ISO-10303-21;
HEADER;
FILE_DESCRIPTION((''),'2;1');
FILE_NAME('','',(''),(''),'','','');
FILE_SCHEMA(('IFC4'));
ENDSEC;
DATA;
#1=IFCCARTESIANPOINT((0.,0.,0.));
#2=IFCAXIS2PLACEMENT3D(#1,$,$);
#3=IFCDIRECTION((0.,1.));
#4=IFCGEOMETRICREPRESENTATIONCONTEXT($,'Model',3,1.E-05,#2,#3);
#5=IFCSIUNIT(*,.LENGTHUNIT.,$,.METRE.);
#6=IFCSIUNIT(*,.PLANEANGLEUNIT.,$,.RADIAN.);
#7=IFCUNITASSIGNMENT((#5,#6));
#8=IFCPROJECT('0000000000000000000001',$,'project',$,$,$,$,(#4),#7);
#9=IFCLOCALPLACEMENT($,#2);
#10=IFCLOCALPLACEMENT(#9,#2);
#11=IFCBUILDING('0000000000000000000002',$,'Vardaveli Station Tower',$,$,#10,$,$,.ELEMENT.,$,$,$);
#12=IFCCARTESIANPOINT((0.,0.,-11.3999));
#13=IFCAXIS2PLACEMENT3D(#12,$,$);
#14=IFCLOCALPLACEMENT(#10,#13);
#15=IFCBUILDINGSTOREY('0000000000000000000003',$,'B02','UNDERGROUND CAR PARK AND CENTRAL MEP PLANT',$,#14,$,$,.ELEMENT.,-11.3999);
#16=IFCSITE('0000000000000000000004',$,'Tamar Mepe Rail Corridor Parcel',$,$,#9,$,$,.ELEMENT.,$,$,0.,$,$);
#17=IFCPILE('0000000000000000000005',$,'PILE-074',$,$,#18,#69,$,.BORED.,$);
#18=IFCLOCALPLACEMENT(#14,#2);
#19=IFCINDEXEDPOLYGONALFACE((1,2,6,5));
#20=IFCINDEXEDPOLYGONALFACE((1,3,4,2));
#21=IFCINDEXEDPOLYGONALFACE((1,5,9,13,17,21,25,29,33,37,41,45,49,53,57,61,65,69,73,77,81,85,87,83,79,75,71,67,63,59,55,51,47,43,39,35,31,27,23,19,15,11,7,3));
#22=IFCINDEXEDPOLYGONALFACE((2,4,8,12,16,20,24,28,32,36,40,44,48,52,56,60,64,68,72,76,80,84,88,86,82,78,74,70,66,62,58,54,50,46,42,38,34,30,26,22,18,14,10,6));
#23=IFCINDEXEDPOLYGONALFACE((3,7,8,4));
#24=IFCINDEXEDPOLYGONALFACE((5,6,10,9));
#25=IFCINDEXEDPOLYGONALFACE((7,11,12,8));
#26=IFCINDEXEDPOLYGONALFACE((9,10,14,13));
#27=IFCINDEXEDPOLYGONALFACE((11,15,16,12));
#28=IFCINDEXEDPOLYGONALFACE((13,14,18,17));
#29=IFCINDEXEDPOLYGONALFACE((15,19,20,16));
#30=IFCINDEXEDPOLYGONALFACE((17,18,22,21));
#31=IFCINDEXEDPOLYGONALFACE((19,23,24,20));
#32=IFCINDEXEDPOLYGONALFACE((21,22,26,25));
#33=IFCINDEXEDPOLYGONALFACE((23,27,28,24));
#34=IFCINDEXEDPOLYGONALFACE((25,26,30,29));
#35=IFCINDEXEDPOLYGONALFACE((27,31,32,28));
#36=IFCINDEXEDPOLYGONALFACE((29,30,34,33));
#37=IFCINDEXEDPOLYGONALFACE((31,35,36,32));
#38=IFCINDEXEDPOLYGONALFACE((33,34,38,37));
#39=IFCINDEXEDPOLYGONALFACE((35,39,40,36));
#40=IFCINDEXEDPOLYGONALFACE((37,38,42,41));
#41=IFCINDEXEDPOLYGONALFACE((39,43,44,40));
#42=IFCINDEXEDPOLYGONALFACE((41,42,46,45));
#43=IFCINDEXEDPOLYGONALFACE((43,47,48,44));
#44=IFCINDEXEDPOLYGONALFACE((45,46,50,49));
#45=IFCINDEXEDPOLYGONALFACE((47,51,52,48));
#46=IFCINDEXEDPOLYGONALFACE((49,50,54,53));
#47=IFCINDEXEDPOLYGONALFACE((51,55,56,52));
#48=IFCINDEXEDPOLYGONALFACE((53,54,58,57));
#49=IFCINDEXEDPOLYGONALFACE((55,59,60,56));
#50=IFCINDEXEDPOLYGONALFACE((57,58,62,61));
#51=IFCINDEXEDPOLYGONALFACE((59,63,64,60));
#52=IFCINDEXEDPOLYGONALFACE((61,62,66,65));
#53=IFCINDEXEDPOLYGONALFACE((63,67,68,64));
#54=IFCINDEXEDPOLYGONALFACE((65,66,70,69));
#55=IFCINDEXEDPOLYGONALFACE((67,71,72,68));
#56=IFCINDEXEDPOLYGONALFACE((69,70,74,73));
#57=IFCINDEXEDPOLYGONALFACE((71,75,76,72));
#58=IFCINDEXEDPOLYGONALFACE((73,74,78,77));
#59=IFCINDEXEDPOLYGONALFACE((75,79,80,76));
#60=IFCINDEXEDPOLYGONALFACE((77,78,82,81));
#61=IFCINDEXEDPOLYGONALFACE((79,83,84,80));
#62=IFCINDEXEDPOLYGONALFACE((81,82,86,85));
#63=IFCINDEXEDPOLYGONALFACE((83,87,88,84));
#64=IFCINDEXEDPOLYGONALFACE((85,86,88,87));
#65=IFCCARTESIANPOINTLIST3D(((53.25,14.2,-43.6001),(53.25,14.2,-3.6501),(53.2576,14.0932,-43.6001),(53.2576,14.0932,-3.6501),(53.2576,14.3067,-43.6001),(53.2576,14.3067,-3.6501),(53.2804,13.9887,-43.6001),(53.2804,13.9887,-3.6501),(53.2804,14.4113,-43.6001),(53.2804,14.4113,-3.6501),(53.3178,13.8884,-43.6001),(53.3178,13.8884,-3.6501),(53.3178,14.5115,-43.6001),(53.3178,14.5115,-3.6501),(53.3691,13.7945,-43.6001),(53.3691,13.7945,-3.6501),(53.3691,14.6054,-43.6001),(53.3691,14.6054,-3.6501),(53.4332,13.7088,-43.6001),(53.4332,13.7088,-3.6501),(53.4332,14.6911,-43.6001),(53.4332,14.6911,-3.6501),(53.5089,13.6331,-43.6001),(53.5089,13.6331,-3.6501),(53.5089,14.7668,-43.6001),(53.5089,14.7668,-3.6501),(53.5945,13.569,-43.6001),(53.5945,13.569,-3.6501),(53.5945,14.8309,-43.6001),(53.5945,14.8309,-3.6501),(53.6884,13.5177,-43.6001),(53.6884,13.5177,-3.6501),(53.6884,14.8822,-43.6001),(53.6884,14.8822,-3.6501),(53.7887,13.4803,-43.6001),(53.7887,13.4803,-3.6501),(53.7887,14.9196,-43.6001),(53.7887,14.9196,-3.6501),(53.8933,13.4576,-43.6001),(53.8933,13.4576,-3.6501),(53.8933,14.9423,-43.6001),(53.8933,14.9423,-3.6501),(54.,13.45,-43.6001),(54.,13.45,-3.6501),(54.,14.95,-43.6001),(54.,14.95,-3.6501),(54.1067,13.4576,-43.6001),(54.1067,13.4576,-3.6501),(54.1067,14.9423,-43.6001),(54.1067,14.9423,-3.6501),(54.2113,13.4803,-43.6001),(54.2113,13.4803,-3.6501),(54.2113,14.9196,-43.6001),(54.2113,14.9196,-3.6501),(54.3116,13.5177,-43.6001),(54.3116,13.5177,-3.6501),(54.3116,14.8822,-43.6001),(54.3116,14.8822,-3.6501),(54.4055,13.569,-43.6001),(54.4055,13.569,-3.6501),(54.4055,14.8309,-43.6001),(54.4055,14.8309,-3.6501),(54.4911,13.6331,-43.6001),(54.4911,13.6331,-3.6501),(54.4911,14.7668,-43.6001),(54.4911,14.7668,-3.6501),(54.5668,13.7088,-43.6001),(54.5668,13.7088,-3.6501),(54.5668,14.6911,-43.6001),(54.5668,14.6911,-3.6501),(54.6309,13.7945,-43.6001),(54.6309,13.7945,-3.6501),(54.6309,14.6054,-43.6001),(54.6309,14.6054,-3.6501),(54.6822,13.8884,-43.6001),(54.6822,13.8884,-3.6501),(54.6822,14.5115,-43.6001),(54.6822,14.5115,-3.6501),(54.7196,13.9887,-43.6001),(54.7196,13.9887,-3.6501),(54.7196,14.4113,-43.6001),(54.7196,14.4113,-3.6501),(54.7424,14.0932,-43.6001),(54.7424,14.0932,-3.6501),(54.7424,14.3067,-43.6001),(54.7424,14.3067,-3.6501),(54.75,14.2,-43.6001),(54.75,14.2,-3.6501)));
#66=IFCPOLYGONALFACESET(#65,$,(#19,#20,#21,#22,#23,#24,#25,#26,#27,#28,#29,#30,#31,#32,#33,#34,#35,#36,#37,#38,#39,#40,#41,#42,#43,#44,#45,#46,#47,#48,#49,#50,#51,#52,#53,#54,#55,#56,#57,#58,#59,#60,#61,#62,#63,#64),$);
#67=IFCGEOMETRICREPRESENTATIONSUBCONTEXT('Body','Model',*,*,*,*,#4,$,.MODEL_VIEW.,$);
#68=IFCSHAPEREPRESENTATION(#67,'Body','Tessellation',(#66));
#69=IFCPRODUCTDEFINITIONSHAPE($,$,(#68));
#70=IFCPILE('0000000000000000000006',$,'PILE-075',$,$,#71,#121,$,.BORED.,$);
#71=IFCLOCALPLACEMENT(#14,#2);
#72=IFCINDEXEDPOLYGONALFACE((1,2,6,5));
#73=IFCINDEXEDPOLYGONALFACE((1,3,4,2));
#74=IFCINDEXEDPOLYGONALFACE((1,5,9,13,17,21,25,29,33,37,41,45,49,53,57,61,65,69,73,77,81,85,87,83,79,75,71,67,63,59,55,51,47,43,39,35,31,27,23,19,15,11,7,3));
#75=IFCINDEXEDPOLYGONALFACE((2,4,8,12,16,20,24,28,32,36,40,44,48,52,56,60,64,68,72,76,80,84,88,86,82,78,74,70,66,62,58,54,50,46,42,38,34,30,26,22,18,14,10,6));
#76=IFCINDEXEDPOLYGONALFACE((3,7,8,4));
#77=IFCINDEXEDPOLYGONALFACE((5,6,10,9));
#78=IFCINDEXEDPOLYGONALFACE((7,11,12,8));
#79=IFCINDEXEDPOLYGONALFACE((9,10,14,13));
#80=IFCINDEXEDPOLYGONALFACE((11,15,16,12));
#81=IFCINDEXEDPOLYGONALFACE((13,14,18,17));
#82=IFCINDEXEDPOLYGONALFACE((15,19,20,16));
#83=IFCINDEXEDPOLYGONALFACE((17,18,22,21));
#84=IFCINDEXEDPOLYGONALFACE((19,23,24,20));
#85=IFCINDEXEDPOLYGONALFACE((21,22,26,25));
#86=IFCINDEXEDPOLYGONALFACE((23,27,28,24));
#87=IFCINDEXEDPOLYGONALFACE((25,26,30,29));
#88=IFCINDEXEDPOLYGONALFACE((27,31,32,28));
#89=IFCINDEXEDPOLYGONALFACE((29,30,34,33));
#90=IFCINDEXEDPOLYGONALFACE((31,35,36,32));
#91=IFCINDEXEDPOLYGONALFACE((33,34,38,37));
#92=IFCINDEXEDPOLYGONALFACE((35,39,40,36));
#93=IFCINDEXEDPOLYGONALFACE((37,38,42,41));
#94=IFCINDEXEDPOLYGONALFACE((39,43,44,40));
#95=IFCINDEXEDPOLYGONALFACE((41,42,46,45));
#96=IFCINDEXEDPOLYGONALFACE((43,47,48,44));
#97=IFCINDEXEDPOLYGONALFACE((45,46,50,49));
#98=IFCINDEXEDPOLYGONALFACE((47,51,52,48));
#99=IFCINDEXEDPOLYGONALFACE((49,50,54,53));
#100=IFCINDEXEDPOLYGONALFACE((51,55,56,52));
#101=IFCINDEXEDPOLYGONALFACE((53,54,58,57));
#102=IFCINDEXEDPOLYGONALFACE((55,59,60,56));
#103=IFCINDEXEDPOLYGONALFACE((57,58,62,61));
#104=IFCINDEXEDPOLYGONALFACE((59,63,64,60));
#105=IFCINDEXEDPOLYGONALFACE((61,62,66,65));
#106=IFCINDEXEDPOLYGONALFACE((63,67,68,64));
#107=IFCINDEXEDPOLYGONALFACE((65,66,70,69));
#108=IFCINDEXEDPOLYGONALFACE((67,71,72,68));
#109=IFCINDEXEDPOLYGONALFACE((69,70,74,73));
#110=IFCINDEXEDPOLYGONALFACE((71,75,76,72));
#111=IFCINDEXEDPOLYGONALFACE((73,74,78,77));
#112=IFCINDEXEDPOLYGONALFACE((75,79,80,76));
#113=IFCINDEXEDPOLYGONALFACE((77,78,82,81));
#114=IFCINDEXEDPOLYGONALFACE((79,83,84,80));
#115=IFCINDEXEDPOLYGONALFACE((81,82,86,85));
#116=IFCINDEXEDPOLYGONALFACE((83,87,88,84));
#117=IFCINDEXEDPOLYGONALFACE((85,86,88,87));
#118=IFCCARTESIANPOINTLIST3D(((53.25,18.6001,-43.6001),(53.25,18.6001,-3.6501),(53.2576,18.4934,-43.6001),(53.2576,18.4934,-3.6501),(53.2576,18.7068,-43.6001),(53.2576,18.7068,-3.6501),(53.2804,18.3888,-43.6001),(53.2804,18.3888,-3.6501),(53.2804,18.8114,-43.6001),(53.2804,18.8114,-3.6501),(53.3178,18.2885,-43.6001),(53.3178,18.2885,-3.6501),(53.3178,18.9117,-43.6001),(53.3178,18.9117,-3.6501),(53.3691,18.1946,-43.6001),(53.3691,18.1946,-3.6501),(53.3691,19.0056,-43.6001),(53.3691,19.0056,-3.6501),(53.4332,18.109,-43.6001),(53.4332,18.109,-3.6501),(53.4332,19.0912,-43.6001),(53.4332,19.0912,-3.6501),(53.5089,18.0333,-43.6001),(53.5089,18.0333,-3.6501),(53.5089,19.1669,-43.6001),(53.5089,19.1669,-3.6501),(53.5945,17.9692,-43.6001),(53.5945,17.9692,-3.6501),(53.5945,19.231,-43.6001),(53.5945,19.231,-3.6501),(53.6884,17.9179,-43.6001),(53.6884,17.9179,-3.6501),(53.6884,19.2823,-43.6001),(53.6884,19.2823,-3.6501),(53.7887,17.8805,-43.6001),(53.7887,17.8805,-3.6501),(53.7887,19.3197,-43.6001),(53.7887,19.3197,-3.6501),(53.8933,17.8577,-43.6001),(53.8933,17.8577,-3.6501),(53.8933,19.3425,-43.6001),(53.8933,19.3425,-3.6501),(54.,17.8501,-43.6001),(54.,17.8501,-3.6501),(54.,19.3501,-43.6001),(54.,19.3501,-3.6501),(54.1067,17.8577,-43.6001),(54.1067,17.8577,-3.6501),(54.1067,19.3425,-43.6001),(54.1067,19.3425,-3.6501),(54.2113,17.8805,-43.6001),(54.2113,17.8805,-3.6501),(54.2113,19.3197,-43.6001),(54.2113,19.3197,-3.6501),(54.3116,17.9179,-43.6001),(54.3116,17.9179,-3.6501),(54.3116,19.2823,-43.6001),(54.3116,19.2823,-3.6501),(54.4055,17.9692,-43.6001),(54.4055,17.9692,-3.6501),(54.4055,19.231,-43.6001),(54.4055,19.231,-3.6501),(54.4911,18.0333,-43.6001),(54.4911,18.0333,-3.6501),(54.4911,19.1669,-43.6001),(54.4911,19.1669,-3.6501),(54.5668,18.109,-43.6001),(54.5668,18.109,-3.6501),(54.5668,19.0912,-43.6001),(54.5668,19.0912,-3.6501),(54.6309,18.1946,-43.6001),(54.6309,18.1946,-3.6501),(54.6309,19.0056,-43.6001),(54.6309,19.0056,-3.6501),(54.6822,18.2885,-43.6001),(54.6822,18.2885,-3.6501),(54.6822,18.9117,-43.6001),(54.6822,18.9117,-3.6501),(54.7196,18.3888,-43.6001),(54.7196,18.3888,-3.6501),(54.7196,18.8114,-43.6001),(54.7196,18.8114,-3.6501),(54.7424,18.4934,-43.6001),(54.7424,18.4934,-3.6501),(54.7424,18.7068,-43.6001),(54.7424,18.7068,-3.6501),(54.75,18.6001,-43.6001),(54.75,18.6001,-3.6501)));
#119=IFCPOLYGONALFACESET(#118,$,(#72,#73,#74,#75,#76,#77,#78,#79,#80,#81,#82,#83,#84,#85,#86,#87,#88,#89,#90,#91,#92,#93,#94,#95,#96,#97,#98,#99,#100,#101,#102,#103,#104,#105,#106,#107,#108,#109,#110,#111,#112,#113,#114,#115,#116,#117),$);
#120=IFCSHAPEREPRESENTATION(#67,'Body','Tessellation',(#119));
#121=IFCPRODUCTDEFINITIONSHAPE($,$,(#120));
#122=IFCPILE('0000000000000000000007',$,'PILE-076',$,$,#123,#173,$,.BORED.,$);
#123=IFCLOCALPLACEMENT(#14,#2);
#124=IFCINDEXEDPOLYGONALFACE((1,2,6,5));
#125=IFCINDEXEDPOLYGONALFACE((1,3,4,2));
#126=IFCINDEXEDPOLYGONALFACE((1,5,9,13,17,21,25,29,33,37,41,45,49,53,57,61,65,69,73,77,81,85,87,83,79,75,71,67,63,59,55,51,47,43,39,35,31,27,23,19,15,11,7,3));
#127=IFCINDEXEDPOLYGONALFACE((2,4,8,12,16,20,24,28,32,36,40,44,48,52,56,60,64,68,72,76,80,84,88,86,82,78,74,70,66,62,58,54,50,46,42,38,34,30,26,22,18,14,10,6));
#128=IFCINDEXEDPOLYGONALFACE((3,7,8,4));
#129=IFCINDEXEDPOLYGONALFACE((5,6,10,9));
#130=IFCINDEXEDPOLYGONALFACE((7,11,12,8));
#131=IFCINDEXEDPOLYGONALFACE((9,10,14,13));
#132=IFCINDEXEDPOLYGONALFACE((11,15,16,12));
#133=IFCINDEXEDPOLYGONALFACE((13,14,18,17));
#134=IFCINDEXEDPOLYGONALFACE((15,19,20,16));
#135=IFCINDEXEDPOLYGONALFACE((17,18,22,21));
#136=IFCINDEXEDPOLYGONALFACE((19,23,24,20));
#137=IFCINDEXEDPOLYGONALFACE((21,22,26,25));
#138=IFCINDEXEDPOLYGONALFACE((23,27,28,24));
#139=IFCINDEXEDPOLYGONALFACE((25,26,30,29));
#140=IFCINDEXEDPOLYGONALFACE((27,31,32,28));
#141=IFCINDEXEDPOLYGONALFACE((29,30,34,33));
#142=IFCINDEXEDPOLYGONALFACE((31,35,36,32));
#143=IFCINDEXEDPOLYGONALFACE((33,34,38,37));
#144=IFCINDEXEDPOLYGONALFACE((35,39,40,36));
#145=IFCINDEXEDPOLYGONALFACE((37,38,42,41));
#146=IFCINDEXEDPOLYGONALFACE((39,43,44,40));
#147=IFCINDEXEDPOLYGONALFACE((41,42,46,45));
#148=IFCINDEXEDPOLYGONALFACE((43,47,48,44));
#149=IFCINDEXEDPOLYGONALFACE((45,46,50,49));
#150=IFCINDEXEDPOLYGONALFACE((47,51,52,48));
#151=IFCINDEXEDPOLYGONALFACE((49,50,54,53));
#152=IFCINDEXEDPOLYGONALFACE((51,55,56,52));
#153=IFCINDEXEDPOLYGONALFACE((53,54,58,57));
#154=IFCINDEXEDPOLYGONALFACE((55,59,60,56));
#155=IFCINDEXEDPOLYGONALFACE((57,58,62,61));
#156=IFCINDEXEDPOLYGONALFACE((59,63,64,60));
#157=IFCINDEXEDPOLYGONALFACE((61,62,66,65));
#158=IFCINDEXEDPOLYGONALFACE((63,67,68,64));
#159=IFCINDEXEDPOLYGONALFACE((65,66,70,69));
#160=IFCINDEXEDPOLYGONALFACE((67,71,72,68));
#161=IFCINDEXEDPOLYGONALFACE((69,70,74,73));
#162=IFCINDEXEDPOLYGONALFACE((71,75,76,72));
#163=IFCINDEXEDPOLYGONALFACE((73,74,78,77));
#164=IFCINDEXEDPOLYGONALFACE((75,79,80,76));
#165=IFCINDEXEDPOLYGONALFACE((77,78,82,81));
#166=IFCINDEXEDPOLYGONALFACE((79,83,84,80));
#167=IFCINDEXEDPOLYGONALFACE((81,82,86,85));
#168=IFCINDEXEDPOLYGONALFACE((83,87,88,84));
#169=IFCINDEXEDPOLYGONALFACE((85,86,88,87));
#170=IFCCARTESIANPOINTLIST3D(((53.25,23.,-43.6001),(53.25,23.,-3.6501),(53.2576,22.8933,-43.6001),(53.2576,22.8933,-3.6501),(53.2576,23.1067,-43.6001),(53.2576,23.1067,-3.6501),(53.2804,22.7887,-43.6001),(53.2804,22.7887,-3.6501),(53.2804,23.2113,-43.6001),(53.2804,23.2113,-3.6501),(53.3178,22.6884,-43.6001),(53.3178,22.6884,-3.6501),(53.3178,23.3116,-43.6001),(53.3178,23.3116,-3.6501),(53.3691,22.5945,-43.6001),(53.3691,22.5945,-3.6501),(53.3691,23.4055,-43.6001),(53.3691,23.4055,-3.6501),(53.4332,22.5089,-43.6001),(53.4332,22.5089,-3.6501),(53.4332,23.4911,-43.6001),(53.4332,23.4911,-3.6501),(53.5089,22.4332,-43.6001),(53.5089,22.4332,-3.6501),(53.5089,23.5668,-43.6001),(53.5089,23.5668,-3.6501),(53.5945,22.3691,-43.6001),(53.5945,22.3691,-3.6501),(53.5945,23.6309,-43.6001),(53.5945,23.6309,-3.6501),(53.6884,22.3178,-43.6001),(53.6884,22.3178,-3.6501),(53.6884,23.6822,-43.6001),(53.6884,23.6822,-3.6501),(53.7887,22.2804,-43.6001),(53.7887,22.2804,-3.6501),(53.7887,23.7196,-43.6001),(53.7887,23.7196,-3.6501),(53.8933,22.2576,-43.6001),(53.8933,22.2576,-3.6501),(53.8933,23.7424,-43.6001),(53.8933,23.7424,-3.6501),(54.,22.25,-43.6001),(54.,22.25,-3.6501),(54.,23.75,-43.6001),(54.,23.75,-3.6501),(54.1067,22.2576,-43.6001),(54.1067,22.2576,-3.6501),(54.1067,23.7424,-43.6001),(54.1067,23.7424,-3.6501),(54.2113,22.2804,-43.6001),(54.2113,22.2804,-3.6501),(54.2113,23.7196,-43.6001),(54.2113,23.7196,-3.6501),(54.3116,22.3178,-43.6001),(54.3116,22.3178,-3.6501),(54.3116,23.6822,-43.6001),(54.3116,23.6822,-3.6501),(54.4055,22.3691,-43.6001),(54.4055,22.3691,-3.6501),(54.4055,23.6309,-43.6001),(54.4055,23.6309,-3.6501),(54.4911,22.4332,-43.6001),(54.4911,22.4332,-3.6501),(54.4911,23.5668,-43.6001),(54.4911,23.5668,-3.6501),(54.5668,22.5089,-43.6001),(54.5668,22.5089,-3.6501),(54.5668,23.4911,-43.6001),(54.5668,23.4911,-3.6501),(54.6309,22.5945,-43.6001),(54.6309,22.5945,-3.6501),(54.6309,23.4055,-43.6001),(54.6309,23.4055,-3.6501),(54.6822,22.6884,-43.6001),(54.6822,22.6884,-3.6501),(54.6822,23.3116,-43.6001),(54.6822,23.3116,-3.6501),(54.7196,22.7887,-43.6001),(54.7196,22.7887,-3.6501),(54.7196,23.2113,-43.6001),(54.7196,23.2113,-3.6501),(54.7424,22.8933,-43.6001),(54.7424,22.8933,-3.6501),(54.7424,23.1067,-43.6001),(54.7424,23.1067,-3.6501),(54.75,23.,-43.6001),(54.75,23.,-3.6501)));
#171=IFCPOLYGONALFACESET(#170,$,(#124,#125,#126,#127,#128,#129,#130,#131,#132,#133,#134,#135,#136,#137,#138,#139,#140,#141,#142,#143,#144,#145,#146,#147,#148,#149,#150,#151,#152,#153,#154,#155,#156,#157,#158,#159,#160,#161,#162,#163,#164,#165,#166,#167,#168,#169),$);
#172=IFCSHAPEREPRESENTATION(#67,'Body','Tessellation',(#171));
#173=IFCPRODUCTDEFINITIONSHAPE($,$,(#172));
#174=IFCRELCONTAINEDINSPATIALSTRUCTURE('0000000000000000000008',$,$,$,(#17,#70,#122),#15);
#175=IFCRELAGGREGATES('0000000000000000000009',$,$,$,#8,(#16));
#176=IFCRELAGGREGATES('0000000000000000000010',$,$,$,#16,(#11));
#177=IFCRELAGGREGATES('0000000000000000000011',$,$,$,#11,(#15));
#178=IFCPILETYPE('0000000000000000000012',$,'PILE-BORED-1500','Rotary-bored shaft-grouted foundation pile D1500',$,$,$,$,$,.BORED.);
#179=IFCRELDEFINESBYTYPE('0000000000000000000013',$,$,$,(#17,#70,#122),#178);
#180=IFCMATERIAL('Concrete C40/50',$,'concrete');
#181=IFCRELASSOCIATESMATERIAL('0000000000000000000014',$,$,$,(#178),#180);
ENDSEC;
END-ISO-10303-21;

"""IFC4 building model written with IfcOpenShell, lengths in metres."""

from ifc_helpers import new_model, si_unit, direction, frame, origin, origin_2d, place, context, subcontext, project, spatial, circle, extrude, source, transform, mapped, material, material_profile, profile_set, type_object, element, save


model = new_model("IFC4")

# Units and contexts
model_context = context("Model", 3, precision=1e-05, world=origin(), true_north=direction((0.0, 1.0)))
body_context = subcontext(model_context, "Body", "Model", "MODEL_VIEW")
ifc_project = project(units=[si_unit("LENGTHUNIT", "METRE"), si_unit("PLANEANGLEUNIT", "RADIAN")], contexts=[model_context])

# Site, building, storey
site_placement = place(None, origin())
site = spatial("IfcSite", under=ifc_project, at=site_placement, Name="Tamar Mepe Rail Corridor Parcel", CompositionType="ELEMENT", RefElevation=0.0)
building_placement = place(site_placement, origin())
building = spatial("IfcBuilding", under=site, at=building_placement, Name="Vardaveli Station Tower", CompositionType="ELEMENT")
storey_placement = place(building_placement, frame((0.0, 0.0, -11.3999)))
storey = spatial("IfcBuildingStorey", under=building, at=storey_placement, Name="B02", Description="UNDERGROUND CAR PARK AND CENTRAL MEP PLANT", CompositionType="ELEMENT", Elevation=-11.3999)

# Piles
ifc_material_1 = material(Name="Concrete C40/50", Category="concrete")
ifc_material_profile_1 = material_profile(ifc_material_1, circle(Radius=0.75, at=origin_2d()), Name="PILE D1500")
ifc_profile_set_1 = profile_set([ifc_material_profile_1], Name="Concrete C40/50")
pile_type_1 = type_object("IfcPileType", Name="PILE-BORED-1500", Description="Rotary-bored shaft-grouted foundation pile D1500", PredefinedType="BORED", material=ifc_profile_set_1)
shared_shape_1 = source(origin(), body_context, "Body", "SweptSolid", [
    extrude(circle(Radius=0.75, at=origin_2d()), origin(), (0.0, 0.0, 1.0), 39.95),
])
for number, where, z_axis, x_axis, name in (
    (1, (54.0, 14.2, -3.6501), (0.0, 0.0, -1.0), (1.0, 0.0, 0.0), "PILE-074"),
    (2, (54.0, 18.6001, -3.6501), (0.0, 0.0, -1.0), (1.0, 0.0, 0.0), "PILE-075"),
    (3, (54.0, 23.0, -3.6501), (0.0, 0.0, -1.0), (1.0, 0.0, 0.0), "PILE-076"),
):
    element("IfcPile", number, at=place(storey_placement, frame(where, z_axis=z_axis, x_axis=x_axis)), inside=storey, type_object=pile_type_1, Name=name, PredefinedType="BORED", context=body_context, shape_type="MappedRepresentation", body=[
        mapped(shared_shape_1, transform((0.0, 0.0, 0.0), scale=1.0)),
    ])

save(model, "model.ifc")
